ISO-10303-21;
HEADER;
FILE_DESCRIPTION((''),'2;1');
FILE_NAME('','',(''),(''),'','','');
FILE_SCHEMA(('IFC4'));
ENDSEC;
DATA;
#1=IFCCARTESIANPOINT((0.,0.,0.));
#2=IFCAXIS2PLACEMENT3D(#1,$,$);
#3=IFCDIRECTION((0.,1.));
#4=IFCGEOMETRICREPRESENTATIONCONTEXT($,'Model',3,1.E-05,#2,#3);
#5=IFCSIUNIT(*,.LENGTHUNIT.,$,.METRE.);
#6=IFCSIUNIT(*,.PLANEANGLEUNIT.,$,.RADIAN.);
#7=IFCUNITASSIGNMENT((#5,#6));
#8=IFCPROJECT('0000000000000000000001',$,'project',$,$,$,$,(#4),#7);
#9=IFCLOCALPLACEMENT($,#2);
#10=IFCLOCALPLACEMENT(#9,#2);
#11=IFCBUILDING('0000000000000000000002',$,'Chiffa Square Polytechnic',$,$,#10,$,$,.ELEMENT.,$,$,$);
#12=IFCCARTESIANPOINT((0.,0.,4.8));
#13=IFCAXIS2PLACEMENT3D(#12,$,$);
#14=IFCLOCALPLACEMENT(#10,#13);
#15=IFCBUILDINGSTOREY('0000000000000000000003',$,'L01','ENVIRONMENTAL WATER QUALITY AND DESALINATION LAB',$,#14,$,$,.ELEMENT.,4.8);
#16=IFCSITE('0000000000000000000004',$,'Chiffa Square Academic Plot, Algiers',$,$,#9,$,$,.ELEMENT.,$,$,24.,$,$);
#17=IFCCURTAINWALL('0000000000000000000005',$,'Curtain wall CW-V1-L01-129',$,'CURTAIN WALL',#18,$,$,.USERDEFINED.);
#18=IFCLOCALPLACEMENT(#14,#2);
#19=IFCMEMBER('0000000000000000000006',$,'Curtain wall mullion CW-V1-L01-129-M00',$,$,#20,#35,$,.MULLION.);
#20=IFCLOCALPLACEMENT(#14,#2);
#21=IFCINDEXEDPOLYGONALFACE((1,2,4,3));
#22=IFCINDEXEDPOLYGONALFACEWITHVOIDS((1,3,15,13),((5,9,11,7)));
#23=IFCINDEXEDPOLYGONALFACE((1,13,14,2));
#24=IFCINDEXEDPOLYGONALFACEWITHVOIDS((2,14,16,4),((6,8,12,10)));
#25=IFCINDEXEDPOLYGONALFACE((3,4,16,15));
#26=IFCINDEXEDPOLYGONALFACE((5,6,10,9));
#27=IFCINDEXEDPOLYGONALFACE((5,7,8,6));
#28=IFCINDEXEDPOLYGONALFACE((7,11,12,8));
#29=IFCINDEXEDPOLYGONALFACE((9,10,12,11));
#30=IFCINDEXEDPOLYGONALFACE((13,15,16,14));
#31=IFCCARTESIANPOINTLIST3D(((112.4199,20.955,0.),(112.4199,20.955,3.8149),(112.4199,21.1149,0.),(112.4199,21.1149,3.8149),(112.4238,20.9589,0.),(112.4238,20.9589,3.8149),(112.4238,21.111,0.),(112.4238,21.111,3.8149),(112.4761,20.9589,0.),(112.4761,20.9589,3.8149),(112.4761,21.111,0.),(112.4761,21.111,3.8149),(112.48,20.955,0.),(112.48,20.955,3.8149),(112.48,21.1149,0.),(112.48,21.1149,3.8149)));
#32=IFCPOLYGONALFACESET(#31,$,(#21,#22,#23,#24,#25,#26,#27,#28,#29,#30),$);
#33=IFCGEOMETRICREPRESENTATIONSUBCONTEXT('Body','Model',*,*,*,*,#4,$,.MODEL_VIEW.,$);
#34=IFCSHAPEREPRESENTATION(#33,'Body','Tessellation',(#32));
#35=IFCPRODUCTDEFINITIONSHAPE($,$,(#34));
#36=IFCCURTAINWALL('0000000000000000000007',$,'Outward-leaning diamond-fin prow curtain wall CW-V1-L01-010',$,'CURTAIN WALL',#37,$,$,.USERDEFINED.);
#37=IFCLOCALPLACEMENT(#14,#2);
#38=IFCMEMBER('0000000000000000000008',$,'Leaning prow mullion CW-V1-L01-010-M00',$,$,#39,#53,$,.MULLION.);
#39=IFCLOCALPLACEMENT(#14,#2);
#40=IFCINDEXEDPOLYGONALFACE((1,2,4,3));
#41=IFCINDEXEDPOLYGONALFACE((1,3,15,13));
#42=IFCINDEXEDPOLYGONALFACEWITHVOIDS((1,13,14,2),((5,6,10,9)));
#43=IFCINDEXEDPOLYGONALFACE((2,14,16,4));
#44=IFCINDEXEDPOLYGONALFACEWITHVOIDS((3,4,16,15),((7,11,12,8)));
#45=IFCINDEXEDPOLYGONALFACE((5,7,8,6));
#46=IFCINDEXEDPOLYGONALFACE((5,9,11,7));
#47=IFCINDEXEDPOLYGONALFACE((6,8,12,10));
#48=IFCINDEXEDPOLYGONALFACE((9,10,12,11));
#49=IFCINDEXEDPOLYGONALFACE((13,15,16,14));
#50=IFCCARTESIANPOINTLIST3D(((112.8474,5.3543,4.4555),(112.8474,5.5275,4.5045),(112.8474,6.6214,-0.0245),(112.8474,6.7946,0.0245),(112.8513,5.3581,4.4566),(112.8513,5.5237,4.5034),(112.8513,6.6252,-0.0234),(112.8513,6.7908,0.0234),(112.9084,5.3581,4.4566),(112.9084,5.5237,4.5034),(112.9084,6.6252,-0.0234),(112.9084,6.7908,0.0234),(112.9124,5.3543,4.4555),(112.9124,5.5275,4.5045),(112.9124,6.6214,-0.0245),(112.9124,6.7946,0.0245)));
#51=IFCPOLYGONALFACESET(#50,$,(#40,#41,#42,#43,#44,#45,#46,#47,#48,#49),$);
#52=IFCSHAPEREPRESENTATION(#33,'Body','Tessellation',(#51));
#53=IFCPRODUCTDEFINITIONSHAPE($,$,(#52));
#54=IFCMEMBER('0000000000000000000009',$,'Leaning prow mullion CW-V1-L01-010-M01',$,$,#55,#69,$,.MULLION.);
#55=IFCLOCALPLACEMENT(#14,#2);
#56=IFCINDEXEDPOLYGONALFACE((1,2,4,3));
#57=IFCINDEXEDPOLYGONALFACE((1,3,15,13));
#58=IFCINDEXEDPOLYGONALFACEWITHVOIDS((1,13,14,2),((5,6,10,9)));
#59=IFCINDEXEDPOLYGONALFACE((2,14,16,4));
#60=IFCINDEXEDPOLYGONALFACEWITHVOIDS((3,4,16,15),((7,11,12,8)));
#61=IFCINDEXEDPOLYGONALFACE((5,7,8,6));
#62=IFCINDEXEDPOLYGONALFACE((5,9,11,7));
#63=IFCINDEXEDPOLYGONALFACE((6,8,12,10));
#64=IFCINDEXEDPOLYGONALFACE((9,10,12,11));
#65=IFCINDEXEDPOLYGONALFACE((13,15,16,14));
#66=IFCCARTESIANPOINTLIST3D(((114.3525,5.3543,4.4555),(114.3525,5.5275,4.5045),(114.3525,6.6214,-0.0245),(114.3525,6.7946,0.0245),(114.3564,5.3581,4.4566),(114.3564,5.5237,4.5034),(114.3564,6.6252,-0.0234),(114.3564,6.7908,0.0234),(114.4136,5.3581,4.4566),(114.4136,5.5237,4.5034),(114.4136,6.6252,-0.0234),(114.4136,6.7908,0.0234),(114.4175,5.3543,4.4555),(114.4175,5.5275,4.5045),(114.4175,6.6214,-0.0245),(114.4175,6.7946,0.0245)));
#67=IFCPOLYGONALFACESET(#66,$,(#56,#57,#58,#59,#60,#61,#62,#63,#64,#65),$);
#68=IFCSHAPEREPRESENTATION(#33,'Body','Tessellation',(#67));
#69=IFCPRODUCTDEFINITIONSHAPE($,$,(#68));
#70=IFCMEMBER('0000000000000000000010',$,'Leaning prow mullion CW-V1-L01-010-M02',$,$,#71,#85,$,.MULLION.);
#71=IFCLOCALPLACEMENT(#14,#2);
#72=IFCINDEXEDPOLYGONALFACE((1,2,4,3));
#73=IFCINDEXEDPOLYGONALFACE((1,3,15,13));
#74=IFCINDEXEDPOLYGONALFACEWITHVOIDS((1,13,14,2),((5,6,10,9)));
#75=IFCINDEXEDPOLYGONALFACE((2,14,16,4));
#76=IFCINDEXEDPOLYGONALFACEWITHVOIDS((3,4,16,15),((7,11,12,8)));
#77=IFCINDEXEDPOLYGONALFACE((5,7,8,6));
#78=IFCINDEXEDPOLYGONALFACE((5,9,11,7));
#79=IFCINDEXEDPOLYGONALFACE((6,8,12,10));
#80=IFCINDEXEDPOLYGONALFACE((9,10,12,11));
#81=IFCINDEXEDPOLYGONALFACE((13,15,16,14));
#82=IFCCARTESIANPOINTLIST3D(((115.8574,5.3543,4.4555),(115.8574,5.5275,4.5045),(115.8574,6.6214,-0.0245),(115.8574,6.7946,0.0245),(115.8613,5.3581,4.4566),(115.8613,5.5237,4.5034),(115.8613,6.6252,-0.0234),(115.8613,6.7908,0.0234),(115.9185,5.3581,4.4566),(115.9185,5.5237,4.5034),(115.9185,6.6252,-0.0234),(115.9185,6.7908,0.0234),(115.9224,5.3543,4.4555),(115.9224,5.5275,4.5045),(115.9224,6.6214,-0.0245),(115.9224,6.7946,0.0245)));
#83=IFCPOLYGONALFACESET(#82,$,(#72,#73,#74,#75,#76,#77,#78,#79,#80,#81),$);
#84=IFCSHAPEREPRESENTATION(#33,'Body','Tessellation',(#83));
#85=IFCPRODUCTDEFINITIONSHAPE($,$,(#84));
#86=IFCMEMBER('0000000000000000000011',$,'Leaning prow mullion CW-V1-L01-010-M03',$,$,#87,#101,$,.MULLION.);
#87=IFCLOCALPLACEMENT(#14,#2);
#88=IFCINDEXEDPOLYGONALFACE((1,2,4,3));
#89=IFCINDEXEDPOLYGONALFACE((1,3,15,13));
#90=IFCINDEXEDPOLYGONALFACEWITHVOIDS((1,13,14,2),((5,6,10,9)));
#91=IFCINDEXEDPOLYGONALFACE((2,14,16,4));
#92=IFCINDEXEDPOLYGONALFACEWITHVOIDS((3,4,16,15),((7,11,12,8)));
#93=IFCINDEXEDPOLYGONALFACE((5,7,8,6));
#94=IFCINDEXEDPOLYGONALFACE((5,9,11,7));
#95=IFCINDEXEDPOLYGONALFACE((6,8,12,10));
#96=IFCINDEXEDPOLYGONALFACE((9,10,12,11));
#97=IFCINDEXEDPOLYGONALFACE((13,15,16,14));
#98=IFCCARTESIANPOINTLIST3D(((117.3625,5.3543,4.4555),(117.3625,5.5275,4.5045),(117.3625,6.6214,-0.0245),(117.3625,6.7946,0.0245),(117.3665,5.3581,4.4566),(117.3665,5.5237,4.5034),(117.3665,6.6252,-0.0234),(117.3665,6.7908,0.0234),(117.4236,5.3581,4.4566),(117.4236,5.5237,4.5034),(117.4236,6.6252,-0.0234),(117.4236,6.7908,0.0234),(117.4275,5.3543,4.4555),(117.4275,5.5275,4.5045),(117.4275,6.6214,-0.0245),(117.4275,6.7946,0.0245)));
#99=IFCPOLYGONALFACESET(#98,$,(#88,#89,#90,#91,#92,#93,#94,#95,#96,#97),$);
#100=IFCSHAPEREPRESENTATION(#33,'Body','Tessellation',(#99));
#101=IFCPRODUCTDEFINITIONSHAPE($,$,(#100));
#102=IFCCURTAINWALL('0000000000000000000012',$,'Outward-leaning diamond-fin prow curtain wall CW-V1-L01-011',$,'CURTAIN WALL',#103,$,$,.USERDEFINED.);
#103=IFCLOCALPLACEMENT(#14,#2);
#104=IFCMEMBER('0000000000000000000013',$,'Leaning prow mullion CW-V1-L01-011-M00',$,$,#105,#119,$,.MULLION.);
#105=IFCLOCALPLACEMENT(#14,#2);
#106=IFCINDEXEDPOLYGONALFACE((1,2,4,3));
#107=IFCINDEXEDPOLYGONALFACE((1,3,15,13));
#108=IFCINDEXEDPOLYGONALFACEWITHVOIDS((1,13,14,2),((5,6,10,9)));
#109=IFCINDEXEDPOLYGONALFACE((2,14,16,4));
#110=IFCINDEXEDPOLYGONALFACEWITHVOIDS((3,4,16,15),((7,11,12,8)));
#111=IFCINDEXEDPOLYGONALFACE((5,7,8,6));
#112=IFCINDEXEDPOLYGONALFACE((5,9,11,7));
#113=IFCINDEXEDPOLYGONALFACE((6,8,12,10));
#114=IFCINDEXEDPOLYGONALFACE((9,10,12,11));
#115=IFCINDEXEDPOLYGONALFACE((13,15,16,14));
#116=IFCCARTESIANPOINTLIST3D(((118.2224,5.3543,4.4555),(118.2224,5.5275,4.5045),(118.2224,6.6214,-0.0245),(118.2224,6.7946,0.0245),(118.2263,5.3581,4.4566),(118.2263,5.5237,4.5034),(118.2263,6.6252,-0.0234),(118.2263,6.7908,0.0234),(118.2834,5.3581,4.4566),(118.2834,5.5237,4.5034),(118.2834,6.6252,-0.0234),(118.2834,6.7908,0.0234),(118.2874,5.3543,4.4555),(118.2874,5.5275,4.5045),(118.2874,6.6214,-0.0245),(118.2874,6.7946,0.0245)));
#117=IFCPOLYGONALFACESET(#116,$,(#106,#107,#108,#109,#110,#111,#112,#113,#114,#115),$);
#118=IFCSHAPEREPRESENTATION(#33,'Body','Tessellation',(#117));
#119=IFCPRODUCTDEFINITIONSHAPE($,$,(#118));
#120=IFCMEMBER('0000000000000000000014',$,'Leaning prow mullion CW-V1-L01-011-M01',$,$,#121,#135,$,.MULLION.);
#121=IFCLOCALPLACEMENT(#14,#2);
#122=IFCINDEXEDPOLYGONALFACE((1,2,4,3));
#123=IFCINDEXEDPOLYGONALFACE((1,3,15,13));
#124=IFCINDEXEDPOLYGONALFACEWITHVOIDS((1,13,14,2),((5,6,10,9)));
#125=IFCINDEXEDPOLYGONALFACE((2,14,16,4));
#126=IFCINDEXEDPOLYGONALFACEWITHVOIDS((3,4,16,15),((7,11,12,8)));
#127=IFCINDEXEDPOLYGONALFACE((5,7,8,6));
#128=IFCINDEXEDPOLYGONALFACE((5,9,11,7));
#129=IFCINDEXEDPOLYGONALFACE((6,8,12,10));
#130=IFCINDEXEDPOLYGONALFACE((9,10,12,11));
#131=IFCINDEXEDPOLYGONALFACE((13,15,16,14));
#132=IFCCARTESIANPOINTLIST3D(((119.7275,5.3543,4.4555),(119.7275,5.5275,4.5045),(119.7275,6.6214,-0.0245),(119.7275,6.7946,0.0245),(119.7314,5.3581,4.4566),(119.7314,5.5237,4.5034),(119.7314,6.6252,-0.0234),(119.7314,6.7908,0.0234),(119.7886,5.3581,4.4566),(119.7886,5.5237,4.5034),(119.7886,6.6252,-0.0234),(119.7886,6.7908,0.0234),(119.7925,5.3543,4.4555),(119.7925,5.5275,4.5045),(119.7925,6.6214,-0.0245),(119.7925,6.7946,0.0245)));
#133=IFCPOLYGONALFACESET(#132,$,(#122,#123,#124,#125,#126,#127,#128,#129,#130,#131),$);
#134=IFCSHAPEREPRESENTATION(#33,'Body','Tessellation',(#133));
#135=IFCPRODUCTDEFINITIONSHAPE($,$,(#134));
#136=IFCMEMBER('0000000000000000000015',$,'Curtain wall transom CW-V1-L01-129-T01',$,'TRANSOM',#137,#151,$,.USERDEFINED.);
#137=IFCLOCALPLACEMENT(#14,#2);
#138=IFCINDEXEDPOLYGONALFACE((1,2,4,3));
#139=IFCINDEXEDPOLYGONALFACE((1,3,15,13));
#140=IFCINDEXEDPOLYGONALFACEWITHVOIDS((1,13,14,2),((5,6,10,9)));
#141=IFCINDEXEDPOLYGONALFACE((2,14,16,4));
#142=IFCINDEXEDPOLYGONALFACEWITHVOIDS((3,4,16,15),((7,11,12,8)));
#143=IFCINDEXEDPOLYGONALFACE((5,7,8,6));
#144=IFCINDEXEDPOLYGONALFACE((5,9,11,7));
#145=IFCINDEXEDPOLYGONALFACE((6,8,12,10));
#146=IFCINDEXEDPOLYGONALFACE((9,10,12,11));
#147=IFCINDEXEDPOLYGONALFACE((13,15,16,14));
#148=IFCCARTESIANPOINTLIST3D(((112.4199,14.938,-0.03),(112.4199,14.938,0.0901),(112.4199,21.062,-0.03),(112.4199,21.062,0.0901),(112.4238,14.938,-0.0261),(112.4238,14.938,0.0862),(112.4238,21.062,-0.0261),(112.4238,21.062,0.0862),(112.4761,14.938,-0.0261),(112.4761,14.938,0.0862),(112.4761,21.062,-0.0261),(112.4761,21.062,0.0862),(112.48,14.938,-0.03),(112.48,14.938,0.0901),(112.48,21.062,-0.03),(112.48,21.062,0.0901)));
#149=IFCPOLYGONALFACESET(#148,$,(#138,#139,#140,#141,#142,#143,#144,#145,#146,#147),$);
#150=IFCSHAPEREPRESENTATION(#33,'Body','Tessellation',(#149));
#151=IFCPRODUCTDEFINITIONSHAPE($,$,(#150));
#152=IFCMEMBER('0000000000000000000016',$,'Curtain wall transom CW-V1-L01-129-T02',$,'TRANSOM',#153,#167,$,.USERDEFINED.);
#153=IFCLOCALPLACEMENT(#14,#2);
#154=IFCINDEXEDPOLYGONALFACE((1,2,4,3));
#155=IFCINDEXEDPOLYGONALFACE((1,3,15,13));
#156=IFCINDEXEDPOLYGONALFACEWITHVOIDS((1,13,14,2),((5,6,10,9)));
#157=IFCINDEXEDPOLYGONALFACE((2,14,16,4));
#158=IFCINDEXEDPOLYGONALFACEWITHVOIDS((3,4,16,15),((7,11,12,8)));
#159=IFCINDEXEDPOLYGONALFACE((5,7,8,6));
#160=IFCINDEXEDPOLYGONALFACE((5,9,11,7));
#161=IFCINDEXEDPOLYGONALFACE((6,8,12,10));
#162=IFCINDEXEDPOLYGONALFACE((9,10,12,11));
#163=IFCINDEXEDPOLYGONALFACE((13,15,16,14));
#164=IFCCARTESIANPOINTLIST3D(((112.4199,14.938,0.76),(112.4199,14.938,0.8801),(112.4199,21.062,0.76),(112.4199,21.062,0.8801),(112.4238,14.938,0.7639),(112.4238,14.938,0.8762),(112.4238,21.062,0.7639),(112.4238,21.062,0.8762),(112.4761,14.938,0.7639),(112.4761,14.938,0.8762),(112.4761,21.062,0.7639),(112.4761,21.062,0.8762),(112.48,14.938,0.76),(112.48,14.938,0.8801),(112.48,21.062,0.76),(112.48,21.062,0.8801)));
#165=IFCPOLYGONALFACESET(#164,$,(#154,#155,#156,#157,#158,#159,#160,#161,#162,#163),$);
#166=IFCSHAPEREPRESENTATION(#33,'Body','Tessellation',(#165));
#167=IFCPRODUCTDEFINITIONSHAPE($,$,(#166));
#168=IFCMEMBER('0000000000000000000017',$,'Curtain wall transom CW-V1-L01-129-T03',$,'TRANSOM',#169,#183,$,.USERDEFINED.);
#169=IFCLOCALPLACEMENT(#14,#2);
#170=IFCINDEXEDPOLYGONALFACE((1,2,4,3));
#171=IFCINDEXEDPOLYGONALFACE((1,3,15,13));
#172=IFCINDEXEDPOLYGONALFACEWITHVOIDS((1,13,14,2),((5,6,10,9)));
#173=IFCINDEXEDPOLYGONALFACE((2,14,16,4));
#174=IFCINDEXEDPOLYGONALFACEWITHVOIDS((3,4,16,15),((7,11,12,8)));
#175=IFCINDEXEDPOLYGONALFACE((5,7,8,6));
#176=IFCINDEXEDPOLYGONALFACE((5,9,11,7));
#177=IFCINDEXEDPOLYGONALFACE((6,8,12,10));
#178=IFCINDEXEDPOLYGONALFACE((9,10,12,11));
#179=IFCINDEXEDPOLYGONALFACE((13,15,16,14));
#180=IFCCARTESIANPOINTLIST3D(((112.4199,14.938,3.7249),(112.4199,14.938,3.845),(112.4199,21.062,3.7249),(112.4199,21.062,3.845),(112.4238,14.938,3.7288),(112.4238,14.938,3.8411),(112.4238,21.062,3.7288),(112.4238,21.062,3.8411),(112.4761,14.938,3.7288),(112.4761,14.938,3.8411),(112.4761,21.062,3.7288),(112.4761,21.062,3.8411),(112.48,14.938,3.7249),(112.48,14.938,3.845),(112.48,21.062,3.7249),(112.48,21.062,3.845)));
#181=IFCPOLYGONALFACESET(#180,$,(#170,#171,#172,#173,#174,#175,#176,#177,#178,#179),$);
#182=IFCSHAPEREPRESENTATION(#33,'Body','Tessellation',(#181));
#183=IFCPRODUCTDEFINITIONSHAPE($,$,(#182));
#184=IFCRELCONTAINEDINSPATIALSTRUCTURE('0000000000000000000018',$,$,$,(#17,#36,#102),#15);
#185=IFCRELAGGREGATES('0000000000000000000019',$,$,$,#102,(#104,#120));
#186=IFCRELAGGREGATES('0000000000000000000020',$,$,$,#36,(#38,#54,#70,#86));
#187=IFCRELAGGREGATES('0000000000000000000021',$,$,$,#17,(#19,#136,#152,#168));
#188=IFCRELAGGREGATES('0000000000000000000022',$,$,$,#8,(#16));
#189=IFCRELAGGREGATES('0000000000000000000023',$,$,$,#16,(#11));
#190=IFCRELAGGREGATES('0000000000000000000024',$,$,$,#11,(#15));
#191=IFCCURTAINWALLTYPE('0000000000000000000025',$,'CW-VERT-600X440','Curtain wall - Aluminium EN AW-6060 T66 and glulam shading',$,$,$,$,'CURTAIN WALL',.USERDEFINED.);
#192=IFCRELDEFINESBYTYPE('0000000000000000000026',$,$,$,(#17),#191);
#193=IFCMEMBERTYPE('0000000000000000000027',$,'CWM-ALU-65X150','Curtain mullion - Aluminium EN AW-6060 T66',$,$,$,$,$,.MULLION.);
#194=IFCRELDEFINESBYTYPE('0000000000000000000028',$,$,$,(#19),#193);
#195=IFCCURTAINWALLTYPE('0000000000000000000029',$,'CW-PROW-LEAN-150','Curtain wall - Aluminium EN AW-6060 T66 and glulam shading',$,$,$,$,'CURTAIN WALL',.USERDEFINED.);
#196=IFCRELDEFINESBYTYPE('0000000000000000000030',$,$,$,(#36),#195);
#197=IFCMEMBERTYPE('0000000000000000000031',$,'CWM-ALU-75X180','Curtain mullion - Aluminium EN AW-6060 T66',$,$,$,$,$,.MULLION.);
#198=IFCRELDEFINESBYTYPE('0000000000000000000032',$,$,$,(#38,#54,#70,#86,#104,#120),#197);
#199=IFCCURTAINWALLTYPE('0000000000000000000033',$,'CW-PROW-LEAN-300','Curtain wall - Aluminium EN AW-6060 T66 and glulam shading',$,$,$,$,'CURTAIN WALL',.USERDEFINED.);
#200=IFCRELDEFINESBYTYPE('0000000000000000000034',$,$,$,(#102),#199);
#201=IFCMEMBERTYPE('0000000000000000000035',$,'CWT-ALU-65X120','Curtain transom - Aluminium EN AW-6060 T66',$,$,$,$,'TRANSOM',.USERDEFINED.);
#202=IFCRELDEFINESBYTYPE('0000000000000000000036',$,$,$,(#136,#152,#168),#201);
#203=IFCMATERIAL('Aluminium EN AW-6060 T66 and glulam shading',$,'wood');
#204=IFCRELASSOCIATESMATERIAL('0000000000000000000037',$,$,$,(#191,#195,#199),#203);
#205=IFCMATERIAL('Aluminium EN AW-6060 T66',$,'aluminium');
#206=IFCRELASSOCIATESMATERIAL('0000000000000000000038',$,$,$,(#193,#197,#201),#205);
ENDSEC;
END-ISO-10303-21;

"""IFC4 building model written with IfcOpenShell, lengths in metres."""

from ifc_helpers import new_model, si_unit, direction, frame, origin, origin_2d, place, context, subcontext, project, spatial, hollow_rectangle, extrude, material, material_profile, profile_set, type_object, element, aggregate, save


model = new_model("IFC4")

# Units and contexts
model_context = context("Model", 3, precision=1e-05, world=origin(), true_north=direction((0.0, 1.0)))
body_context = subcontext(model_context, "Body", "Model", "MODEL_VIEW")
ifc_project = project(units=[si_unit("LENGTHUNIT", "METRE"), si_unit("PLANEANGLEUNIT", "RADIAN")], contexts=[model_context])

# Site, building, storey
site_placement = place(None, origin())
site = spatial("IfcSite", under=ifc_project, at=site_placement, Name="Chiffa Square Academic Plot, Algiers", CompositionType="ELEMENT", RefElevation=24.0)
building_placement = place(site_placement, origin())
building = spatial("IfcBuilding", under=site, at=building_placement, Name="Chiffa Square Polytechnic", CompositionType="ELEMENT")
storey_placement = place(building_placement, frame((0.0, 0.0, 4.8)))
storey = spatial("IfcBuildingStorey", under=building, at=storey_placement, Name="L01", Description="ENVIRONMENTAL WATER QUALITY AND DESALINATION LAB", CompositionType="ELEMENT", Elevation=4.8)

# Curtain wall, member
ifc_material_1 = material(Name="Aluminium EN AW-6060 T66 and glulam shading", Category="wood")
curtain_wall_type_1 = type_object("IfcCurtainWallType", Name="CW-VERT-600X440", Description="Curtain wall - Aluminium EN AW-6060 T66 and glulam shading", ElementType="CURTAIN WALL", PredefinedType="USERDEFINED", material=ifc_material_1)
curtain_wall_1_placement = place(storey_placement, origin())
curtain_wall_1 = element("IfcCurtainWall", 1, at=curtain_wall_1_placement, inside=storey, type_object=curtain_wall_type_1, Name="Curtain wall CW-V1-L01-129", ObjectType="CURTAIN WALL", PredefinedType="USERDEFINED")
ifc_material_2 = material(Name="Aluminium EN AW-6060 T66", Category="aluminium")
ifc_material_profile_1 = material_profile(ifc_material_2, hollow_rectangle(XDim=0.0601, YDim=0.1599, WallThickness=0.0039, at=origin_2d()), Name="ALU 60x160x4")
ifc_profile_set_1 = profile_set([ifc_material_profile_1], Name="Aluminium EN AW-6060 T66")
member_type_1 = type_object("IfcMemberType", Name="CWM-ALU-65X150", Description="Curtain mullion - Aluminium EN AW-6060 T66", PredefinedType="MULLION", material=ifc_profile_set_1)
member_1_placement = place(storey_placement, frame((112.45, 21.0349, 0.0), z_axis=(0.0, 0.0, 1.0), x_axis=(1.0, 0.0, 0.0)))
member_1 = element("IfcMember", 2, at=member_1_placement, type_object=member_type_1, Name="Curtain wall mullion CW-V1-L01-129-M00", PredefinedType="MULLION", context=body_context, shape_type="SweptSolid", body=[
    extrude(hollow_rectangle(XDim=0.0601, YDim=0.1599, WallThickness=0.0039, at=origin_2d()), origin(), (0.0, 0.0, 1.0), 3.8149),
])

# Curtain walls, members
curtain_wall_type_2 = type_object("IfcCurtainWallType", Name="CW-PROW-LEAN-150", Description="Curtain wall - Aluminium EN AW-6060 T66 and glulam shading", ElementType="CURTAIN WALL", PredefinedType="USERDEFINED", material=ifc_material_1)
curtain_wall_2_placement = place(storey_placement, origin())
curtain_wall_2 = element("IfcCurtainWall", 3, at=curtain_wall_2_placement, inside=storey, type_object=curtain_wall_type_2, Name="Outward-leaning diamond-fin prow curtain wall CW-V1-L01-010", ObjectType="CURTAIN WALL", PredefinedType="USERDEFINED")
ifc_material_profile_2 = material_profile(ifc_material_2, hollow_rectangle(XDim=0.0649, YDim=0.1799, WallThickness=0.0039, at=origin_2d()), Name="ALU 65x180x4")
ifc_profile_set_2 = profile_set([ifc_material_profile_2], Name="Aluminium EN AW-6060 T66")
member_type_2 = type_object("IfcMemberType", Name="CWM-ALU-75X180", Description="Curtain mullion - Aluminium EN AW-6060 T66", PredefinedType="MULLION", material=ifc_profile_set_2)
member_2_placement = place(storey_placement, frame((112.8799, 6.708, 0.0), z_axis=(0.0, -0.272158, 0.962253), x_axis=(1.0, 0.0, 0.0)))
member_2 = element("IfcMember", 4, at=member_2_placement, type_object=member_type_2, Name="Leaning prow mullion CW-V1-L01-010-M00", PredefinedType="MULLION", context=body_context, shape_type="SweptSolid", body=[
    extrude(hollow_rectangle(XDim=0.0649, YDim=0.1799, WallThickness=0.0039, at=origin_2d()), origin(), (0.0, 0.0, 1.0), 4.6558),
])
member_3_placement = place(storey_placement, frame((114.385, 6.708, 0.0), z_axis=(0.0, -0.272158, 0.962253), x_axis=(1.0, 0.0, 0.0)))
member_3 = element("IfcMember", 5, at=member_3_placement, type_object=member_type_2, Name="Leaning prow mullion CW-V1-L01-010-M01", PredefinedType="MULLION", context=body_context, shape_type="SweptSolid", body=[
    extrude(hollow_rectangle(XDim=0.0649, YDim=0.1799, WallThickness=0.0039, at=origin_2d()), origin(), (0.0, 0.0, 1.0), 4.6558),
])
member_4_placement = place(storey_placement, frame((115.8899, 6.708, 0.0), z_axis=(0.0, -0.272158, 0.962253), x_axis=(1.0, 0.0, 0.0)))
member_4 = element("IfcMember", 6, at=member_4_placement, type_object=member_type_2, Name="Leaning prow mullion CW-V1-L01-010-M02", PredefinedType="MULLION", context=body_context, shape_type="SweptSolid", body=[
    extrude(hollow_rectangle(XDim=0.0649, YDim=0.1799, WallThickness=0.0039, at=origin_2d()), origin(), (0.0, 0.0, 1.0), 4.6558),
])
member_5_placement = place(storey_placement, frame((117.395, 6.708, 0.0), z_axis=(0.0, -0.272158, 0.962253), x_axis=(1.0, 0.0, 0.0)))
member_5 = element("IfcMember", 7, at=member_5_placement, type_object=member_type_2, Name="Leaning prow mullion CW-V1-L01-010-M03", PredefinedType="MULLION", context=body_context, shape_type="SweptSolid", body=[
    extrude(hollow_rectangle(XDim=0.0649, YDim=0.1799, WallThickness=0.0039, at=origin_2d()), origin(), (0.0, 0.0, 1.0), 4.6558),
])
curtain_wall_type_3 = type_object("IfcCurtainWallType", Name="CW-PROW-LEAN-300", Description="Curtain wall - Aluminium EN AW-6060 T66 and glulam shading", ElementType="CURTAIN WALL", PredefinedType="USERDEFINED", material=ifc_material_1)
curtain_wall_3_placement = place(storey_placement, origin())
curtain_wall_3 = element("IfcCurtainWall", 8, at=curtain_wall_3_placement, inside=storey, type_object=curtain_wall_type_3, Name="Outward-leaning diamond-fin prow curtain wall CW-V1-L01-011", ObjectType="CURTAIN WALL", PredefinedType="USERDEFINED")
member_6_placement = place(storey_placement, frame((118.2549, 6.708, 0.0), z_axis=(0.0, -0.272158, 0.962253), x_axis=(1.0, 0.0, 0.0)))
member_6 = element("IfcMember", 9, at=member_6_placement, type_object=member_type_2, Name="Leaning prow mullion CW-V1-L01-011-M00", PredefinedType="MULLION", context=body_context, shape_type="SweptSolid", body=[
    extrude(hollow_rectangle(XDim=0.0649, YDim=0.1799, WallThickness=0.0039, at=origin_2d()), origin(), (0.0, 0.0, 1.0), 4.6558),
])
member_7_placement = place(storey_placement, frame((119.76, 6.708, 0.0), z_axis=(0.0, -0.272158, 0.962253), x_axis=(1.0, 0.0, 0.0)))
member_7 = element("IfcMember", 10, at=member_7_placement, type_object=member_type_2, Name="Leaning prow mullion CW-V1-L01-011-M01", PredefinedType="MULLION", context=body_context, shape_type="SweptSolid", body=[
    extrude(hollow_rectangle(XDim=0.0649, YDim=0.1799, WallThickness=0.0039, at=origin_2d()), origin(), (0.0, 0.0, 1.0), 4.6558),
])

# Members
ifc_material_profile_3 = material_profile(ifc_material_2, hollow_rectangle(XDim=0.0601, YDim=0.1201, WallThickness=0.0039, at=origin_2d()), Name="ALU 60x120x4")
ifc_profile_set_3 = profile_set([ifc_material_profile_3], Name="Aluminium EN AW-6060 T66")
member_type_3 = type_object("IfcMemberType", Name="CWT-ALU-65X120", Description="Curtain transom - Aluminium EN AW-6060 T66", ElementType="TRANSOM", PredefinedType="USERDEFINED", material=ifc_profile_set_3)
member_8_placement = place(storey_placement, frame((112.45, 21.062, 0.03), z_axis=(0.0, -1.0, 0.0), x_axis=(1.0, 0.0, 0.0)))
member_8 = element("IfcMember", 11, at=member_8_placement, type_object=member_type_3, Name="Curtain wall transom CW-V1-L01-129-T01", ObjectType="TRANSOM", PredefinedType="USERDEFINED", context=body_context, shape_type="SweptSolid", body=[
    extrude(hollow_rectangle(XDim=0.0601, YDim=0.1201, WallThickness=0.0039, at=origin_2d()), origin(), (0.0, 0.0, 1.0), 6.124),
])
member_9_placement = place(storey_placement, frame((112.45, 21.062, 0.8201), z_axis=(0.0, -1.0, 0.0), x_axis=(1.0, 0.0, 0.0)))
member_9 = element("IfcMember", 12, at=member_9_placement, type_object=member_type_3, Name="Curtain wall transom CW-V1-L01-129-T02", ObjectType="TRANSOM", PredefinedType="USERDEFINED", context=body_context, shape_type="SweptSolid", body=[
    extrude(hollow_rectangle(XDim=0.0601, YDim=0.1201, WallThickness=0.0039, at=origin_2d()), origin(), (0.0, 0.0, 1.0), 6.124),
])
member_10_placement = place(storey_placement, frame((112.45, 21.062, 3.7849), z_axis=(0.0, -1.0, 0.0), x_axis=(1.0, 0.0, 0.0)))
member_10 = element("IfcMember", 13, at=member_10_placement, type_object=member_type_3, Name="Curtain wall transom CW-V1-L01-129-T03", ObjectType="TRANSOM", PredefinedType="USERDEFINED", context=body_context, shape_type="SweptSolid", body=[
    extrude(hollow_rectangle(XDim=0.0601, YDim=0.1201, WallThickness=0.0039, at=origin_2d()), origin(), (0.0, 0.0, 1.0), 6.124),
])

aggregate(curtain_wall_3, [member_6, member_7])
aggregate(curtain_wall_2, [member_2, member_3, member_4, member_5])
aggregate(curtain_wall_1, [member_1, member_8, member_9, member_10])

save(model, "model.ifc")
